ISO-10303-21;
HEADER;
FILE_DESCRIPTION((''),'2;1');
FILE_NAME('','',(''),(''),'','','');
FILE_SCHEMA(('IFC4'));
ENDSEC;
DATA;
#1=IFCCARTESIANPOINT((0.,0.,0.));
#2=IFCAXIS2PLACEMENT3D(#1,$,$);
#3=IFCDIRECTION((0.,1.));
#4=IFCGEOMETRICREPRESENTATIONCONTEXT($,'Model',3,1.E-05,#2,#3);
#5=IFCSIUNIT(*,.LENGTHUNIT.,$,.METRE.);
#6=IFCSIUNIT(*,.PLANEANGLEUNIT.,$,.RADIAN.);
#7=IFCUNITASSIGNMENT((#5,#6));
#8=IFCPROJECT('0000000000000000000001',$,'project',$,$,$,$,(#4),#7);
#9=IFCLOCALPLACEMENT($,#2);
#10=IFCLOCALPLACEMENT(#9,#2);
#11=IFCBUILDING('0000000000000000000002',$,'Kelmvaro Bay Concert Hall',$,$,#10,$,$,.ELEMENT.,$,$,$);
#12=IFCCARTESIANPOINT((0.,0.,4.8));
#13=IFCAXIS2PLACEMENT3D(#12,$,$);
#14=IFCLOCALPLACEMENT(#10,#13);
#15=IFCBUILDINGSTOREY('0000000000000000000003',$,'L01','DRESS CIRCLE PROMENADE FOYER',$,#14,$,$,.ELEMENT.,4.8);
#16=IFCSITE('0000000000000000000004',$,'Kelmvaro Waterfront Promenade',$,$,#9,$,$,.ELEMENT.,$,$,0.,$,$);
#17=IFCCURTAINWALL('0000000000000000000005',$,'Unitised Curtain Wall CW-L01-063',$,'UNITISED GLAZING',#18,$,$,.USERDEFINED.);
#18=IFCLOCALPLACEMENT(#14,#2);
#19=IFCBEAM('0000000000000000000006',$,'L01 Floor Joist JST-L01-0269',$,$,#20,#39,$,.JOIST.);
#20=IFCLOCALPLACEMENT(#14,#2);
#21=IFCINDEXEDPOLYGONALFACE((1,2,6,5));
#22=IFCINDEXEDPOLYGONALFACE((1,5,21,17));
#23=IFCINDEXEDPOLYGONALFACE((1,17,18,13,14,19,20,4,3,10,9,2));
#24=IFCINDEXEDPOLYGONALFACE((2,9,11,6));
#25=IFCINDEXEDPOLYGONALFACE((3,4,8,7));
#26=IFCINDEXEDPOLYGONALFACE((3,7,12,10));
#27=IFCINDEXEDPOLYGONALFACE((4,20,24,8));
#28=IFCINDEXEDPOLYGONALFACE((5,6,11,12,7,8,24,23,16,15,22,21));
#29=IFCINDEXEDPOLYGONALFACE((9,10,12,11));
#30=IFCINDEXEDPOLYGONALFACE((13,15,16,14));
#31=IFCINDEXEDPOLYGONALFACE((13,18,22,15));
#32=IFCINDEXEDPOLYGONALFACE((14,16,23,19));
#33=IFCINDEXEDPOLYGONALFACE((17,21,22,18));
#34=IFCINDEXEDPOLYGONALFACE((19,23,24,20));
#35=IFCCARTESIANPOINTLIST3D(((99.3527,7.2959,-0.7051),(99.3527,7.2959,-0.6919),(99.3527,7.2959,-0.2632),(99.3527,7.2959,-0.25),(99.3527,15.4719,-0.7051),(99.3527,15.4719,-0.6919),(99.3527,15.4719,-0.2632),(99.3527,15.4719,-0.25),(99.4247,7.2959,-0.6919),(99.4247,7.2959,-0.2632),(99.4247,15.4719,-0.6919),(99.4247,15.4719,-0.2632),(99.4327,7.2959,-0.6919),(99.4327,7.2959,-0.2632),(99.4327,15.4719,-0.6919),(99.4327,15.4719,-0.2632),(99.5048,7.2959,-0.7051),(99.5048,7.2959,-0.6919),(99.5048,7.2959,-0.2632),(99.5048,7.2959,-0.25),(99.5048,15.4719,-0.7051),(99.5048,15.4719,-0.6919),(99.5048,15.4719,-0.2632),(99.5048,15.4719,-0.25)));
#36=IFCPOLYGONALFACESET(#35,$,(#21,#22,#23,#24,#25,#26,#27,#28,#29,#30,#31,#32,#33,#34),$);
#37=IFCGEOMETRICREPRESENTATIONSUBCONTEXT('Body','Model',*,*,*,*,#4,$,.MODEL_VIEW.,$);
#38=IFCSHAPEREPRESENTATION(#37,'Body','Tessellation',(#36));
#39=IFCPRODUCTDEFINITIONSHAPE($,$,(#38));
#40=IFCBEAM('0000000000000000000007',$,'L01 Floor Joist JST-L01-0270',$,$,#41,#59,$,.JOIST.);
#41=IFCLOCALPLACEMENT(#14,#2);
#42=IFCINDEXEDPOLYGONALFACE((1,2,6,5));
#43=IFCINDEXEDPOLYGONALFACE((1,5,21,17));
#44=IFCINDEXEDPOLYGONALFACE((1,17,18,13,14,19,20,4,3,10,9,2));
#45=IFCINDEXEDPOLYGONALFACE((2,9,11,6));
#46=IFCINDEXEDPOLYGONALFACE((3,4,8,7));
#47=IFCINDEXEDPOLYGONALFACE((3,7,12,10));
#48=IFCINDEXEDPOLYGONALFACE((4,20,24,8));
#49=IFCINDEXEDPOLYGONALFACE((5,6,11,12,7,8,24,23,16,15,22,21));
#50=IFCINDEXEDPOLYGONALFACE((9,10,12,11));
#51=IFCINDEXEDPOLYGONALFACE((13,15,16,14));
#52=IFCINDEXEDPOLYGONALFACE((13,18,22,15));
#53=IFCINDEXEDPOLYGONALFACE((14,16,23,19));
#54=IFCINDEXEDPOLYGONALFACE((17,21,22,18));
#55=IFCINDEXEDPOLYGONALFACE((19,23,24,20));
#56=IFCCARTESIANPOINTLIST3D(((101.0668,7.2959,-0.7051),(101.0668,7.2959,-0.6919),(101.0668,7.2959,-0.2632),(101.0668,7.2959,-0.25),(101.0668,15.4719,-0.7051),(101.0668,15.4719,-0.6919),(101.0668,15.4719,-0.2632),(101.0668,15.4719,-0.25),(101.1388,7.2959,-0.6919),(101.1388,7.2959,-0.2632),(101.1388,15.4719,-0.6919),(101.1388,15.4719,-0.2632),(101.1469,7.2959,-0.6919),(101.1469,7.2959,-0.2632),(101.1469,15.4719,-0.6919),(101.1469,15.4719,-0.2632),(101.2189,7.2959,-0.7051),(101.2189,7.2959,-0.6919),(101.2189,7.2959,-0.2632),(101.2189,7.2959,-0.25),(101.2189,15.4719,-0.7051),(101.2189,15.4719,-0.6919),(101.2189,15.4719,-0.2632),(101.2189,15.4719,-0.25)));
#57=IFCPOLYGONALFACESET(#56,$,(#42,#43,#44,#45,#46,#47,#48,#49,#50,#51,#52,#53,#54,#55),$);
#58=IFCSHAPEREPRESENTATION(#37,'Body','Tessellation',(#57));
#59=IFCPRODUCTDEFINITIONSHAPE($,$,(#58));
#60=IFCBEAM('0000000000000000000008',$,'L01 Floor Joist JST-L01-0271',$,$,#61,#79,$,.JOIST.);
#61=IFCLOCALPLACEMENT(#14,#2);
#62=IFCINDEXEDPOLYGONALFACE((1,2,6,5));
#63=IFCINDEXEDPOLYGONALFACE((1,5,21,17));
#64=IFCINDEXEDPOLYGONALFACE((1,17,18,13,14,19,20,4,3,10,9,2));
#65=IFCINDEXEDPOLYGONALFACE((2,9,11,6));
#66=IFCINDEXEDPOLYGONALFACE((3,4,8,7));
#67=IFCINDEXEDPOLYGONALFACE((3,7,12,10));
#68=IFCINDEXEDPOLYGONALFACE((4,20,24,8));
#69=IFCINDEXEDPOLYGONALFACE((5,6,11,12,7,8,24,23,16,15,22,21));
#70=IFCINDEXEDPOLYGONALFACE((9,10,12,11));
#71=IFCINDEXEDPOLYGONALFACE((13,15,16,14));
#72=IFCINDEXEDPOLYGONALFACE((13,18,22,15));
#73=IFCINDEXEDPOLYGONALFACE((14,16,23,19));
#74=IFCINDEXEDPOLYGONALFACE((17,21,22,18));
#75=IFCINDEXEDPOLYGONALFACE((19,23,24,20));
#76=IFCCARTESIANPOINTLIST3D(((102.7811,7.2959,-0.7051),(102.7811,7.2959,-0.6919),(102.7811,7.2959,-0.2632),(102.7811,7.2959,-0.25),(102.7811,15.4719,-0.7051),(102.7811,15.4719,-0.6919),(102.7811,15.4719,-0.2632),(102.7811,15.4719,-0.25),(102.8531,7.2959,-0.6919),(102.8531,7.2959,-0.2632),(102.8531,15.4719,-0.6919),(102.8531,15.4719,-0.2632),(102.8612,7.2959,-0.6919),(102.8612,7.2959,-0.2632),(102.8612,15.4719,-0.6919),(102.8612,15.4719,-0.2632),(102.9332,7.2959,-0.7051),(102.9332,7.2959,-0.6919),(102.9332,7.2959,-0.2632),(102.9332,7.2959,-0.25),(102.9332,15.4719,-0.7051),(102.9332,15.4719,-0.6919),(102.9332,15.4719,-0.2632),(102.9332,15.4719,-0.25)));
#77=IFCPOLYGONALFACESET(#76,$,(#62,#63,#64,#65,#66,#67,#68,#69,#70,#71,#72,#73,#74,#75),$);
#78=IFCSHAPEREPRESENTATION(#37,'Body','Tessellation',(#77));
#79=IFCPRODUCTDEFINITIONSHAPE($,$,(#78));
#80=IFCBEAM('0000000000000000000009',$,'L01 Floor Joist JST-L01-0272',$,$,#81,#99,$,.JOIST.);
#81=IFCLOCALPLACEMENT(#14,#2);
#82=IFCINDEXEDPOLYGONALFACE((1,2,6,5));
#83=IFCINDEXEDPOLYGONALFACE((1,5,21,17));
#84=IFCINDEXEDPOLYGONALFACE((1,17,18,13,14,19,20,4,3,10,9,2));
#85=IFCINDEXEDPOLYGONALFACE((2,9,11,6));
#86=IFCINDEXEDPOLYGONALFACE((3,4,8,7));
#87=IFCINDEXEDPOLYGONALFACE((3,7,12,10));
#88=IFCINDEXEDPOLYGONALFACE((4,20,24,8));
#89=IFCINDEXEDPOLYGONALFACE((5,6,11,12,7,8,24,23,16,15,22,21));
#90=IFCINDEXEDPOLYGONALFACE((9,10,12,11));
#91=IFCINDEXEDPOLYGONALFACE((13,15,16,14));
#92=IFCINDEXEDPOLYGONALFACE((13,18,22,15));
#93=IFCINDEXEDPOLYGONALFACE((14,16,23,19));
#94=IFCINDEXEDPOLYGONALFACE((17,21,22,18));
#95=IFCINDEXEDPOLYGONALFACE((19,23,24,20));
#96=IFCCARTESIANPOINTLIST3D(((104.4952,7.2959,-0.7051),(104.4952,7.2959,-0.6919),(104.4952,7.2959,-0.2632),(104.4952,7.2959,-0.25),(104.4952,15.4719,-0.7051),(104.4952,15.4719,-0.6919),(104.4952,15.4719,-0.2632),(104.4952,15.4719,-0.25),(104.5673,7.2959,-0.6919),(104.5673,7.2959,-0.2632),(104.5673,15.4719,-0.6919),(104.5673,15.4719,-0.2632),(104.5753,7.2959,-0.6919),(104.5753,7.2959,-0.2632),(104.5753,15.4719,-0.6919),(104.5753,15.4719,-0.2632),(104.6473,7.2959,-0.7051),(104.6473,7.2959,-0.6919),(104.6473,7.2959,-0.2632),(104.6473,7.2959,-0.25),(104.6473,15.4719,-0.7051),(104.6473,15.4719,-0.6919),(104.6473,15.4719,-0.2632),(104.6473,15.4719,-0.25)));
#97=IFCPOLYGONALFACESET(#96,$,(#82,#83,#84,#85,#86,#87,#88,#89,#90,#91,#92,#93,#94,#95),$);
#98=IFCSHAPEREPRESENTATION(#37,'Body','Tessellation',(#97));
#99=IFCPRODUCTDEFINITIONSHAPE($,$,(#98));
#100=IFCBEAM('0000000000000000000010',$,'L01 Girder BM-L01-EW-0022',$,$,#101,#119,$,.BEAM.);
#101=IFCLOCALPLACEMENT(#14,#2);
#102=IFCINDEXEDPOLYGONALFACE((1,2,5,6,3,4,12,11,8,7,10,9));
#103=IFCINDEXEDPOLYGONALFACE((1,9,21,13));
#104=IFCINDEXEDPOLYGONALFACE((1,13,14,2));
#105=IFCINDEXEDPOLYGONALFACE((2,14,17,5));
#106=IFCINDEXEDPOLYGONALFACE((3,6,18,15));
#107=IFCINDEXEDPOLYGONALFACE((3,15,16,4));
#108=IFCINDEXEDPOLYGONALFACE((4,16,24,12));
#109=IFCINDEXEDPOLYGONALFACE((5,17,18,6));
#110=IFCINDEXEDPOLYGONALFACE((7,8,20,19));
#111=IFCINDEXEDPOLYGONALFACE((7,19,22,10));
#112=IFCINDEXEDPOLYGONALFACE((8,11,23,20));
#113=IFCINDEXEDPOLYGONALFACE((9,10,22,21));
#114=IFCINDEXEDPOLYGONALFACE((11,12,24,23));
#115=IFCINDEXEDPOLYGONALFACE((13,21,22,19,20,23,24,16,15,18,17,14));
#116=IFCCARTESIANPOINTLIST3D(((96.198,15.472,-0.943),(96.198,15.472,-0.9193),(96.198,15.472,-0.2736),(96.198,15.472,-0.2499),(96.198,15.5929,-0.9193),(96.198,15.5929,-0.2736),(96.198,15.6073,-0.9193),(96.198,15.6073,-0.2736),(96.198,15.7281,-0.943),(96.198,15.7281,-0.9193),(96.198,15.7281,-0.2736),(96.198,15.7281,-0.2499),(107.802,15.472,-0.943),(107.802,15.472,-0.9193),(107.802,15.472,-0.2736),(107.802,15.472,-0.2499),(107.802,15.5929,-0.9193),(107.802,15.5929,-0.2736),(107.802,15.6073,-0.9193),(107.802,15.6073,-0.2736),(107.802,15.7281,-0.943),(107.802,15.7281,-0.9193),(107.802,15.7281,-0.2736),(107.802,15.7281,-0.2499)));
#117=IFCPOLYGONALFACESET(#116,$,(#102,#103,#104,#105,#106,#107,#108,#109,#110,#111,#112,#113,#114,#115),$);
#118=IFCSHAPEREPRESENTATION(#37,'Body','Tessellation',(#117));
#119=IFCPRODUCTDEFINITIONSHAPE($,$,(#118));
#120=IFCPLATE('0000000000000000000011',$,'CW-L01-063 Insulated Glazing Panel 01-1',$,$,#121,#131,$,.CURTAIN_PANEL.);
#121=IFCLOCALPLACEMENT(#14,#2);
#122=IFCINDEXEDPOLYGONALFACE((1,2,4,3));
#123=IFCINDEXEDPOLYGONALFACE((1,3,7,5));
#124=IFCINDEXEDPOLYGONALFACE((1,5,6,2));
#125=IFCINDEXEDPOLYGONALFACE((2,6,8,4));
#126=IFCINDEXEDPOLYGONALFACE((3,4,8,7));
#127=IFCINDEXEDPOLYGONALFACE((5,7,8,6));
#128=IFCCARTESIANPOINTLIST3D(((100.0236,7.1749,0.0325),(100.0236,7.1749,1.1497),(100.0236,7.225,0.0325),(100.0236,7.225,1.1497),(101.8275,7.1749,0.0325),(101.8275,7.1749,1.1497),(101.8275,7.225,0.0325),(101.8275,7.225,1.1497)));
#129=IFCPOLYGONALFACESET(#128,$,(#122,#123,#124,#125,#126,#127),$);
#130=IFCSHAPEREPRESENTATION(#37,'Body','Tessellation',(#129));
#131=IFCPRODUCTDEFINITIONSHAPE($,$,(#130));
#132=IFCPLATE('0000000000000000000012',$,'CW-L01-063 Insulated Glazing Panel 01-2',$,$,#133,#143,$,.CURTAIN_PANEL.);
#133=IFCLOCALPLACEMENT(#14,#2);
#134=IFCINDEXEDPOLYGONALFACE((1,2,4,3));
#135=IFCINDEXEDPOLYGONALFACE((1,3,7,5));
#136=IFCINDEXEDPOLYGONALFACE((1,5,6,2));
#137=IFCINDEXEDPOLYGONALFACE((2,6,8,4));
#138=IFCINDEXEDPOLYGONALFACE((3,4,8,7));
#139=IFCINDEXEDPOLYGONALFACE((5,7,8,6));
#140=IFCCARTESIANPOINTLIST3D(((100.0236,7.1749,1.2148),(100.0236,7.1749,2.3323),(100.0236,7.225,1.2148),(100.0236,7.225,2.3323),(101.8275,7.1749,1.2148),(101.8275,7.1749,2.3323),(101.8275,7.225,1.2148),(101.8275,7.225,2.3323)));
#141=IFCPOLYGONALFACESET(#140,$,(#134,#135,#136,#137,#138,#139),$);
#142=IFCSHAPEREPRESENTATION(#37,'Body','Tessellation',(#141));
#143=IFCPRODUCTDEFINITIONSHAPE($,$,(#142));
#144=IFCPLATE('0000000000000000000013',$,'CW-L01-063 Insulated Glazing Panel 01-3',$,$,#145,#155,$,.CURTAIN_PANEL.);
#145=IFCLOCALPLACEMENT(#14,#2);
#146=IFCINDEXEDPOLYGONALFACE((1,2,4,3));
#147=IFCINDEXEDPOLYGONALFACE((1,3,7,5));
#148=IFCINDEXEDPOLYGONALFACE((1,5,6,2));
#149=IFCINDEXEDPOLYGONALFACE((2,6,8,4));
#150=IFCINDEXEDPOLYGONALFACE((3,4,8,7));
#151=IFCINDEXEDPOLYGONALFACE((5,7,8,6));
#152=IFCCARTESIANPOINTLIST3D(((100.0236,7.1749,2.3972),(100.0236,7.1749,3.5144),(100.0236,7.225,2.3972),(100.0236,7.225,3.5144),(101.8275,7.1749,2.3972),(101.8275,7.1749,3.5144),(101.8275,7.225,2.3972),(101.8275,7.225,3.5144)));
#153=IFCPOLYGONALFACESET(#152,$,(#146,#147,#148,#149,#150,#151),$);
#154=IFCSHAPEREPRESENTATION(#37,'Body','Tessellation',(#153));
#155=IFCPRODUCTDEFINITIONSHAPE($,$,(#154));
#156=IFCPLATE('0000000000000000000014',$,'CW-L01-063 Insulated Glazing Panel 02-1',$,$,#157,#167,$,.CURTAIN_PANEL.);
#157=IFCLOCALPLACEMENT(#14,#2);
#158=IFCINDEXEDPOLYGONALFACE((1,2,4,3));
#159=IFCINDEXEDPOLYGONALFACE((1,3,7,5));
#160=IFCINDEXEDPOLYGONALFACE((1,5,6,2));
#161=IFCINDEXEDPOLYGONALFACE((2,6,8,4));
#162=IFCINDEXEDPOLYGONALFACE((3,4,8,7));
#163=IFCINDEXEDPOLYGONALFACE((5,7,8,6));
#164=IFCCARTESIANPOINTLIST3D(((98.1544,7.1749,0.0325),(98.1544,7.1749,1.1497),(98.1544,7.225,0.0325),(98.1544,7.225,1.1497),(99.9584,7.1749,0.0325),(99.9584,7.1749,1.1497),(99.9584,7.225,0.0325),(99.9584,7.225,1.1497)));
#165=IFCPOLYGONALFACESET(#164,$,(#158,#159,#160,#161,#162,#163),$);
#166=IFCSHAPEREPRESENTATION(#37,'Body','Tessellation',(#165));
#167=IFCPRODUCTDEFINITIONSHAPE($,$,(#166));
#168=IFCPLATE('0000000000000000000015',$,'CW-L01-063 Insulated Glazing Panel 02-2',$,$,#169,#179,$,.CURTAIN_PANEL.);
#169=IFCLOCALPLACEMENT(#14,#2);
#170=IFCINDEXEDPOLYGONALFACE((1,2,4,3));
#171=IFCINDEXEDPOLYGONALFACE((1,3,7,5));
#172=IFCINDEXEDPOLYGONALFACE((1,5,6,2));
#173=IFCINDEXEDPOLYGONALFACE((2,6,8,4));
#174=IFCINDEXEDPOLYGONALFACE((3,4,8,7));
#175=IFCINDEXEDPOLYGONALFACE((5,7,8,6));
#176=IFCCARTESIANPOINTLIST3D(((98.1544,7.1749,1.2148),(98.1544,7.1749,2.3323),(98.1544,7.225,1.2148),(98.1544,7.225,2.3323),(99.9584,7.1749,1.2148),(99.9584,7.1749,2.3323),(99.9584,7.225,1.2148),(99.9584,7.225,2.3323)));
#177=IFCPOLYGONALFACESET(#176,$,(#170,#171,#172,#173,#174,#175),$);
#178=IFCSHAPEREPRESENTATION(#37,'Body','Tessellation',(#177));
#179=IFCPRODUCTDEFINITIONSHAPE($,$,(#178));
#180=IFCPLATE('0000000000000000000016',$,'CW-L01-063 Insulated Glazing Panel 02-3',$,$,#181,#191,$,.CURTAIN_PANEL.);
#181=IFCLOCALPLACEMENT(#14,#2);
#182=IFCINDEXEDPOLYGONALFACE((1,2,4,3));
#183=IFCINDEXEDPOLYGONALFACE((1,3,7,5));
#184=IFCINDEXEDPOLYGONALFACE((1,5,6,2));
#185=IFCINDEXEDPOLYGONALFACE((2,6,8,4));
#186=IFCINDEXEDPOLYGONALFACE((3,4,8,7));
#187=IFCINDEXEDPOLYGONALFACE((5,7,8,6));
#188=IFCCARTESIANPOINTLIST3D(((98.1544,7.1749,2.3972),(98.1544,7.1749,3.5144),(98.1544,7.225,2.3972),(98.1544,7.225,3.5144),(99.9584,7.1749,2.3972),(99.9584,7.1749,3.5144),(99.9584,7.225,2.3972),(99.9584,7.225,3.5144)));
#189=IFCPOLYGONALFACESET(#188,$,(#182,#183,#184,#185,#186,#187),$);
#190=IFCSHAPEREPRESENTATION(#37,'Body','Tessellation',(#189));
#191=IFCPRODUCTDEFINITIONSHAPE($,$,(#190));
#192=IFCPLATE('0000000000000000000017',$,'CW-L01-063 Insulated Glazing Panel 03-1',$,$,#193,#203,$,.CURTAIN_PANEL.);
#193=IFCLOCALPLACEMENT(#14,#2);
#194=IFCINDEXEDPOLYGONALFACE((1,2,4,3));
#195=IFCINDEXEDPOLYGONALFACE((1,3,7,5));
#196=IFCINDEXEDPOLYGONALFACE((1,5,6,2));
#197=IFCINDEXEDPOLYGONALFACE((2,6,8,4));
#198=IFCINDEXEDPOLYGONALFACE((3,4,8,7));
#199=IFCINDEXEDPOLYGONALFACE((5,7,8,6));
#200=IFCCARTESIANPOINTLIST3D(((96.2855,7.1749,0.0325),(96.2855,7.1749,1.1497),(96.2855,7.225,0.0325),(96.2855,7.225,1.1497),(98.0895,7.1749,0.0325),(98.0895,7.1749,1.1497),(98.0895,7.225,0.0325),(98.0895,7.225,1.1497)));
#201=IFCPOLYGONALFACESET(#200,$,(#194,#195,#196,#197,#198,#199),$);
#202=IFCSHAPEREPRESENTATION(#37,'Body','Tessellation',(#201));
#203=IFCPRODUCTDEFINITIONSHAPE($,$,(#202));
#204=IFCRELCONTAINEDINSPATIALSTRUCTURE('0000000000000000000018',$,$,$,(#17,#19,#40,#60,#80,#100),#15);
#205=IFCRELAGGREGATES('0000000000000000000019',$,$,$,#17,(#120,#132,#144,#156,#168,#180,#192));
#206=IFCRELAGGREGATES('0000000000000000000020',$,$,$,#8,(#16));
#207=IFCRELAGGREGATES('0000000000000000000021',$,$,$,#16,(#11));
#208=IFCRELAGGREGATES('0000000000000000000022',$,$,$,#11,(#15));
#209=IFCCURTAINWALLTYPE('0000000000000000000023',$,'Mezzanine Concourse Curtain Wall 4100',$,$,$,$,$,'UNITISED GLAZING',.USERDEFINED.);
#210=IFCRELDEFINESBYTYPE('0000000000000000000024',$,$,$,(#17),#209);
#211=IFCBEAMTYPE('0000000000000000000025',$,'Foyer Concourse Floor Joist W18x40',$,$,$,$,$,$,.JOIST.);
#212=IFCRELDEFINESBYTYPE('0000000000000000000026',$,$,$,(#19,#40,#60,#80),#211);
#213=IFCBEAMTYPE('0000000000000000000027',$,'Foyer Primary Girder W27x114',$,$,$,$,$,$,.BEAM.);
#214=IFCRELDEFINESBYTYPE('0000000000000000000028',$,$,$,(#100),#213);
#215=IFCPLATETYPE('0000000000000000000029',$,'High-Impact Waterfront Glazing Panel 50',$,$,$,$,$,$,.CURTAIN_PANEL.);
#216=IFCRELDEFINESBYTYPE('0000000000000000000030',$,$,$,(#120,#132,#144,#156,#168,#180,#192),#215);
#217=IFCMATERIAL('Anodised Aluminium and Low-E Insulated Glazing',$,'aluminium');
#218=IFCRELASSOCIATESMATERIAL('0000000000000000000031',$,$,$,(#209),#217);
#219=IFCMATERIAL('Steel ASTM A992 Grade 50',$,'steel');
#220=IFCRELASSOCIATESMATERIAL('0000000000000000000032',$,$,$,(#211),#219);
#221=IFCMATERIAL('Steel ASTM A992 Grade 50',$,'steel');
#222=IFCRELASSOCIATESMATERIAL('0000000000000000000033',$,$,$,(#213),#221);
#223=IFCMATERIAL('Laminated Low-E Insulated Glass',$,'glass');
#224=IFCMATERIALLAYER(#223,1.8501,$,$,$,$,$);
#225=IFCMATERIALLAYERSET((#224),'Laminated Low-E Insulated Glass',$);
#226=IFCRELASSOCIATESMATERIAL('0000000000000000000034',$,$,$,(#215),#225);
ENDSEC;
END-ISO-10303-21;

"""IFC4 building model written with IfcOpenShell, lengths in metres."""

from ifc_helpers import new_model, si_unit, direction, frame, origin, origin_2d, place, context, subcontext, project, spatial, rectangle, i_section, extrude, material, layer, layer_set, material_profile, profile_set, type_object, element, aggregate, save


model = new_model("IFC4")

# Units and contexts
model_context = context("Model", 3, precision=1e-05, world=origin(), true_north=direction((0.0, 1.0)))
body_context = subcontext(model_context, "Body", "Model", "MODEL_VIEW")
ifc_project = project(units=[si_unit("LENGTHUNIT", "METRE"), si_unit("PLANEANGLEUNIT", "RADIAN")], contexts=[model_context])

# Site, building, storey
site_placement = place(None, origin())
site = spatial("IfcSite", under=ifc_project, at=site_placement, Name="Kelmvaro Waterfront Promenade", CompositionType="ELEMENT", RefElevation=0.0)
building_placement = place(site_placement, origin())
building = spatial("IfcBuilding", under=site, at=building_placement, Name="Kelmvaro Bay Concert Hall", CompositionType="ELEMENT")
storey_placement = place(building_placement, frame((0.0, 0.0, 4.8)))
storey = spatial("IfcBuildingStorey", under=building, at=storey_placement, Name="L01", Description="DRESS CIRCLE PROMENADE FOYER", CompositionType="ELEMENT", Elevation=4.8)

# Curtain wall
ifc_material_1 = material(Name="Anodised Aluminium and Low-E Insulated Glazing", Category="aluminium")
curtain_wall_type = type_object("IfcCurtainWallType", Name="Mezzanine Concourse Curtain Wall 4100", ElementType="UNITISED GLAZING", PredefinedType="USERDEFINED", material=ifc_material_1)
curtain_wall_1_placement = place(storey_placement, origin())
curtain_wall_1 = element("IfcCurtainWall", 1, at=curtain_wall_1_placement, inside=storey, type_object=curtain_wall_type, Name="Unitised Curtain Wall CW-L01-063", ObjectType="UNITISED GLAZING", PredefinedType="USERDEFINED")

# Beams
ifc_material_2 = material(Name="Steel ASTM A992 Grade 50", Category="steel")
ifc_material_profile_1 = material_profile(ifc_material_2, i_section(OverallWidth=0.1521, OverallDepth=0.4551, WebThickness=0.0081, FlangeThickness=0.0132, at=origin_2d()), Name="W18X40")
ifc_profile_set_1 = profile_set([ifc_material_profile_1], Name="Steel ASTM A992 Grade 50")
beam_type_1 = type_object("IfcBeamType", Name="Foyer Concourse Floor Joist W18x40", PredefinedType="JOIST", material=ifc_profile_set_1)
for number, where, z_axis, x_axis, name in (
    (2, (99.4287, 7.2959, -0.4775), (0.0, 1.0, 0.0), (-1.0, 0.0, 0.0), "L01 Floor Joist JST-L01-0269"),
    (3, (101.1428, 7.2959, -0.4775), (0.0, 1.0, 0.0), (-1.0, 0.0, 0.0), "L01 Floor Joist JST-L01-0270"),
    (4, (102.8572, 7.2959, -0.4775), (0.0, 1.0, 0.0), (-1.0, 0.0, 0.0), "L01 Floor Joist JST-L01-0271"),
    (5, (104.5713, 7.2959, -0.4775), (0.0, 1.0, 0.0), (-1.0, 0.0, 0.0), "L01 Floor Joist JST-L01-0272"),
):
    element("IfcBeam", number, at=place(storey_placement, frame(where, z_axis=z_axis, x_axis=x_axis)), inside=storey, type_object=beam_type_1, Name=name, PredefinedType="JOIST", context=body_context, shape_type="SweptSolid", body=[
        extrude(i_section(OverallWidth=0.1521, OverallDepth=0.4551, WebThickness=0.0081, FlangeThickness=0.0132, at=origin_2d()), origin(), (0.0, 0.0, 1.0), 8.176),
    ])
ifc_material_3 = material(Name="Steel ASTM A992 Grade 50", Category="steel")
ifc_material_profile_2 = material_profile(ifc_material_3, i_section(OverallWidth=0.2561, OverallDepth=0.6931, WebThickness=0.0144, FlangeThickness=0.0237, at=origin_2d()), Name="W27X114")
ifc_profile_set_2 = profile_set([ifc_material_profile_2], Name="Steel ASTM A992 Grade 50")
beam_type_2 = type_object("IfcBeamType", Name="Foyer Primary Girder W27x114", PredefinedType="BEAM", material=ifc_profile_set_2)
beam_1_placement = place(storey_placement, frame((96.198, 15.6001, -0.5964), z_axis=(1.0, 0.0, 0.0), x_axis=(0.0, 1.0, 0.0)))
element("IfcBeam", 6, at=beam_1_placement, inside=storey, type_object=beam_type_2, Name="L01 Girder BM-L01-EW-0022", PredefinedType="BEAM", context=body_context, shape_type="SweptSolid", body=[
    extrude(i_section(OverallWidth=0.2561, OverallDepth=0.6931, WebThickness=0.0144, FlangeThickness=0.0237, at=origin_2d()), origin(), (0.0, 0.0, 1.0), 11.604),
])

# Plates
ifc_material_4 = material(Name="Laminated Low-E Insulated Glass", Category="glass")
ifc_layer = layer(ifc_material_4, 1.8501)
ifc_layer_set = layer_set([ifc_layer], Name="Laminated Low-E Insulated Glass")
plate_type = type_object("IfcPlateType", Name="High-Impact Waterfront Glazing Panel 50", PredefinedType="CURTAIN_PANEL", material=ifc_layer_set)
plate_1_placement = place(storey_placement, frame((100.9255, 7.2, 0.0325), z_axis=(0.0, 0.0, 1.0), x_axis=(-1.0, 0.0, 0.0)))
plate_1 = element("IfcPlate", 7, at=plate_1_placement, type_object=plate_type, Name="CW-L01-063 Insulated Glazing Panel 01-1", PredefinedType="CURTAIN_PANEL", context=body_context, shape_type="SweptSolid", body=[
    extrude(rectangle(XDim=1.804, YDim=0.05, at=origin_2d()), origin(), (0.0, 0.0, 1.0), 1.1172),
])
plate_2_placement = place(storey_placement, frame((100.9255, 7.2, 1.2148), z_axis=(0.0, 0.0, 1.0), x_axis=(-1.0, 0.0, 0.0)))
plate_2 = element("IfcPlate", 8, at=plate_2_placement, type_object=plate_type, Name="CW-L01-063 Insulated Glazing Panel 01-2", PredefinedType="CURTAIN_PANEL", context=body_context, shape_type="SweptSolid", body=[
    extrude(rectangle(XDim=1.804, YDim=0.05, at=origin_2d()), origin(), (0.0, 0.0, 1.0), 1.1174),
])
plate_3_placement = place(storey_placement, frame((100.9255, 7.2, 2.3972), z_axis=(0.0, 0.0, 1.0), x_axis=(-1.0, 0.0, 0.0)))
plate_3 = element("IfcPlate", 9, at=plate_3_placement, type_object=plate_type, Name="CW-L01-063 Insulated Glazing Panel 01-3", PredefinedType="CURTAIN_PANEL", context=body_context, shape_type="SweptSolid", body=[
    extrude(rectangle(XDim=1.804, YDim=0.05, at=origin_2d()), origin(), (0.0, 0.0, 1.0), 1.1172),
])
plate_4_placement = place(storey_placement, frame((99.0564, 7.2, 0.0325), z_axis=(0.0, 0.0, 1.0), x_axis=(-1.0, 0.0, 0.0)))
plate_4 = element("IfcPlate", 10, at=plate_4_placement, type_object=plate_type, Name="CW-L01-063 Insulated Glazing Panel 02-1", PredefinedType="CURTAIN_PANEL", context=body_context, shape_type="SweptSolid", body=[
    extrude(rectangle(XDim=1.804, YDim=0.05, at=origin_2d()), origin(), (0.0, 0.0, 1.0), 1.1172),
])
plate_5_placement = place(storey_placement, frame((99.0564, 7.2, 1.2148), z_axis=(0.0, 0.0, 1.0), x_axis=(-1.0, 0.0, 0.0)))
plate_5 = element("IfcPlate", 11, at=plate_5_placement, type_object=plate_type, Name="CW-L01-063 Insulated Glazing Panel 02-2", PredefinedType="CURTAIN_PANEL", context=body_context, shape_type="SweptSolid", body=[
    extrude(rectangle(XDim=1.804, YDim=0.05, at=origin_2d()), origin(), (0.0, 0.0, 1.0), 1.1174),
])
plate_6_placement = place(storey_placement, frame((99.0564, 7.2, 2.3972), z_axis=(0.0, 0.0, 1.0), x_axis=(-1.0, 0.0, 0.0)))
plate_6 = element("IfcPlate", 12, at=plate_6_placement, type_object=plate_type, Name="CW-L01-063 Insulated Glazing Panel 02-3", PredefinedType="CURTAIN_PANEL", context=body_context, shape_type="SweptSolid", body=[
    extrude(rectangle(XDim=1.804, YDim=0.05, at=origin_2d()), origin(), (0.0, 0.0, 1.0), 1.1172),
])
plate_7_placement = place(storey_placement, frame((97.1875, 7.2, 0.0325), z_axis=(0.0, 0.0, 1.0), x_axis=(-1.0, 0.0, 0.0)))
plate_7 = element("IfcPlate", 13, at=plate_7_placement, type_object=plate_type, Name="CW-L01-063 Insulated Glazing Panel 03-1", PredefinedType="CURTAIN_PANEL", context=body_context, shape_type="SweptSolid", body=[
    extrude(rectangle(XDim=1.804, YDim=0.05, at=origin_2d()), origin(), (0.0, 0.0, 1.0), 1.1172),
])
aggregate(curtain_wall_1, [plate_1, plate_2, plate_3, plate_4, plate_5, plate_6, plate_7])

save(model, "model.ifc")
